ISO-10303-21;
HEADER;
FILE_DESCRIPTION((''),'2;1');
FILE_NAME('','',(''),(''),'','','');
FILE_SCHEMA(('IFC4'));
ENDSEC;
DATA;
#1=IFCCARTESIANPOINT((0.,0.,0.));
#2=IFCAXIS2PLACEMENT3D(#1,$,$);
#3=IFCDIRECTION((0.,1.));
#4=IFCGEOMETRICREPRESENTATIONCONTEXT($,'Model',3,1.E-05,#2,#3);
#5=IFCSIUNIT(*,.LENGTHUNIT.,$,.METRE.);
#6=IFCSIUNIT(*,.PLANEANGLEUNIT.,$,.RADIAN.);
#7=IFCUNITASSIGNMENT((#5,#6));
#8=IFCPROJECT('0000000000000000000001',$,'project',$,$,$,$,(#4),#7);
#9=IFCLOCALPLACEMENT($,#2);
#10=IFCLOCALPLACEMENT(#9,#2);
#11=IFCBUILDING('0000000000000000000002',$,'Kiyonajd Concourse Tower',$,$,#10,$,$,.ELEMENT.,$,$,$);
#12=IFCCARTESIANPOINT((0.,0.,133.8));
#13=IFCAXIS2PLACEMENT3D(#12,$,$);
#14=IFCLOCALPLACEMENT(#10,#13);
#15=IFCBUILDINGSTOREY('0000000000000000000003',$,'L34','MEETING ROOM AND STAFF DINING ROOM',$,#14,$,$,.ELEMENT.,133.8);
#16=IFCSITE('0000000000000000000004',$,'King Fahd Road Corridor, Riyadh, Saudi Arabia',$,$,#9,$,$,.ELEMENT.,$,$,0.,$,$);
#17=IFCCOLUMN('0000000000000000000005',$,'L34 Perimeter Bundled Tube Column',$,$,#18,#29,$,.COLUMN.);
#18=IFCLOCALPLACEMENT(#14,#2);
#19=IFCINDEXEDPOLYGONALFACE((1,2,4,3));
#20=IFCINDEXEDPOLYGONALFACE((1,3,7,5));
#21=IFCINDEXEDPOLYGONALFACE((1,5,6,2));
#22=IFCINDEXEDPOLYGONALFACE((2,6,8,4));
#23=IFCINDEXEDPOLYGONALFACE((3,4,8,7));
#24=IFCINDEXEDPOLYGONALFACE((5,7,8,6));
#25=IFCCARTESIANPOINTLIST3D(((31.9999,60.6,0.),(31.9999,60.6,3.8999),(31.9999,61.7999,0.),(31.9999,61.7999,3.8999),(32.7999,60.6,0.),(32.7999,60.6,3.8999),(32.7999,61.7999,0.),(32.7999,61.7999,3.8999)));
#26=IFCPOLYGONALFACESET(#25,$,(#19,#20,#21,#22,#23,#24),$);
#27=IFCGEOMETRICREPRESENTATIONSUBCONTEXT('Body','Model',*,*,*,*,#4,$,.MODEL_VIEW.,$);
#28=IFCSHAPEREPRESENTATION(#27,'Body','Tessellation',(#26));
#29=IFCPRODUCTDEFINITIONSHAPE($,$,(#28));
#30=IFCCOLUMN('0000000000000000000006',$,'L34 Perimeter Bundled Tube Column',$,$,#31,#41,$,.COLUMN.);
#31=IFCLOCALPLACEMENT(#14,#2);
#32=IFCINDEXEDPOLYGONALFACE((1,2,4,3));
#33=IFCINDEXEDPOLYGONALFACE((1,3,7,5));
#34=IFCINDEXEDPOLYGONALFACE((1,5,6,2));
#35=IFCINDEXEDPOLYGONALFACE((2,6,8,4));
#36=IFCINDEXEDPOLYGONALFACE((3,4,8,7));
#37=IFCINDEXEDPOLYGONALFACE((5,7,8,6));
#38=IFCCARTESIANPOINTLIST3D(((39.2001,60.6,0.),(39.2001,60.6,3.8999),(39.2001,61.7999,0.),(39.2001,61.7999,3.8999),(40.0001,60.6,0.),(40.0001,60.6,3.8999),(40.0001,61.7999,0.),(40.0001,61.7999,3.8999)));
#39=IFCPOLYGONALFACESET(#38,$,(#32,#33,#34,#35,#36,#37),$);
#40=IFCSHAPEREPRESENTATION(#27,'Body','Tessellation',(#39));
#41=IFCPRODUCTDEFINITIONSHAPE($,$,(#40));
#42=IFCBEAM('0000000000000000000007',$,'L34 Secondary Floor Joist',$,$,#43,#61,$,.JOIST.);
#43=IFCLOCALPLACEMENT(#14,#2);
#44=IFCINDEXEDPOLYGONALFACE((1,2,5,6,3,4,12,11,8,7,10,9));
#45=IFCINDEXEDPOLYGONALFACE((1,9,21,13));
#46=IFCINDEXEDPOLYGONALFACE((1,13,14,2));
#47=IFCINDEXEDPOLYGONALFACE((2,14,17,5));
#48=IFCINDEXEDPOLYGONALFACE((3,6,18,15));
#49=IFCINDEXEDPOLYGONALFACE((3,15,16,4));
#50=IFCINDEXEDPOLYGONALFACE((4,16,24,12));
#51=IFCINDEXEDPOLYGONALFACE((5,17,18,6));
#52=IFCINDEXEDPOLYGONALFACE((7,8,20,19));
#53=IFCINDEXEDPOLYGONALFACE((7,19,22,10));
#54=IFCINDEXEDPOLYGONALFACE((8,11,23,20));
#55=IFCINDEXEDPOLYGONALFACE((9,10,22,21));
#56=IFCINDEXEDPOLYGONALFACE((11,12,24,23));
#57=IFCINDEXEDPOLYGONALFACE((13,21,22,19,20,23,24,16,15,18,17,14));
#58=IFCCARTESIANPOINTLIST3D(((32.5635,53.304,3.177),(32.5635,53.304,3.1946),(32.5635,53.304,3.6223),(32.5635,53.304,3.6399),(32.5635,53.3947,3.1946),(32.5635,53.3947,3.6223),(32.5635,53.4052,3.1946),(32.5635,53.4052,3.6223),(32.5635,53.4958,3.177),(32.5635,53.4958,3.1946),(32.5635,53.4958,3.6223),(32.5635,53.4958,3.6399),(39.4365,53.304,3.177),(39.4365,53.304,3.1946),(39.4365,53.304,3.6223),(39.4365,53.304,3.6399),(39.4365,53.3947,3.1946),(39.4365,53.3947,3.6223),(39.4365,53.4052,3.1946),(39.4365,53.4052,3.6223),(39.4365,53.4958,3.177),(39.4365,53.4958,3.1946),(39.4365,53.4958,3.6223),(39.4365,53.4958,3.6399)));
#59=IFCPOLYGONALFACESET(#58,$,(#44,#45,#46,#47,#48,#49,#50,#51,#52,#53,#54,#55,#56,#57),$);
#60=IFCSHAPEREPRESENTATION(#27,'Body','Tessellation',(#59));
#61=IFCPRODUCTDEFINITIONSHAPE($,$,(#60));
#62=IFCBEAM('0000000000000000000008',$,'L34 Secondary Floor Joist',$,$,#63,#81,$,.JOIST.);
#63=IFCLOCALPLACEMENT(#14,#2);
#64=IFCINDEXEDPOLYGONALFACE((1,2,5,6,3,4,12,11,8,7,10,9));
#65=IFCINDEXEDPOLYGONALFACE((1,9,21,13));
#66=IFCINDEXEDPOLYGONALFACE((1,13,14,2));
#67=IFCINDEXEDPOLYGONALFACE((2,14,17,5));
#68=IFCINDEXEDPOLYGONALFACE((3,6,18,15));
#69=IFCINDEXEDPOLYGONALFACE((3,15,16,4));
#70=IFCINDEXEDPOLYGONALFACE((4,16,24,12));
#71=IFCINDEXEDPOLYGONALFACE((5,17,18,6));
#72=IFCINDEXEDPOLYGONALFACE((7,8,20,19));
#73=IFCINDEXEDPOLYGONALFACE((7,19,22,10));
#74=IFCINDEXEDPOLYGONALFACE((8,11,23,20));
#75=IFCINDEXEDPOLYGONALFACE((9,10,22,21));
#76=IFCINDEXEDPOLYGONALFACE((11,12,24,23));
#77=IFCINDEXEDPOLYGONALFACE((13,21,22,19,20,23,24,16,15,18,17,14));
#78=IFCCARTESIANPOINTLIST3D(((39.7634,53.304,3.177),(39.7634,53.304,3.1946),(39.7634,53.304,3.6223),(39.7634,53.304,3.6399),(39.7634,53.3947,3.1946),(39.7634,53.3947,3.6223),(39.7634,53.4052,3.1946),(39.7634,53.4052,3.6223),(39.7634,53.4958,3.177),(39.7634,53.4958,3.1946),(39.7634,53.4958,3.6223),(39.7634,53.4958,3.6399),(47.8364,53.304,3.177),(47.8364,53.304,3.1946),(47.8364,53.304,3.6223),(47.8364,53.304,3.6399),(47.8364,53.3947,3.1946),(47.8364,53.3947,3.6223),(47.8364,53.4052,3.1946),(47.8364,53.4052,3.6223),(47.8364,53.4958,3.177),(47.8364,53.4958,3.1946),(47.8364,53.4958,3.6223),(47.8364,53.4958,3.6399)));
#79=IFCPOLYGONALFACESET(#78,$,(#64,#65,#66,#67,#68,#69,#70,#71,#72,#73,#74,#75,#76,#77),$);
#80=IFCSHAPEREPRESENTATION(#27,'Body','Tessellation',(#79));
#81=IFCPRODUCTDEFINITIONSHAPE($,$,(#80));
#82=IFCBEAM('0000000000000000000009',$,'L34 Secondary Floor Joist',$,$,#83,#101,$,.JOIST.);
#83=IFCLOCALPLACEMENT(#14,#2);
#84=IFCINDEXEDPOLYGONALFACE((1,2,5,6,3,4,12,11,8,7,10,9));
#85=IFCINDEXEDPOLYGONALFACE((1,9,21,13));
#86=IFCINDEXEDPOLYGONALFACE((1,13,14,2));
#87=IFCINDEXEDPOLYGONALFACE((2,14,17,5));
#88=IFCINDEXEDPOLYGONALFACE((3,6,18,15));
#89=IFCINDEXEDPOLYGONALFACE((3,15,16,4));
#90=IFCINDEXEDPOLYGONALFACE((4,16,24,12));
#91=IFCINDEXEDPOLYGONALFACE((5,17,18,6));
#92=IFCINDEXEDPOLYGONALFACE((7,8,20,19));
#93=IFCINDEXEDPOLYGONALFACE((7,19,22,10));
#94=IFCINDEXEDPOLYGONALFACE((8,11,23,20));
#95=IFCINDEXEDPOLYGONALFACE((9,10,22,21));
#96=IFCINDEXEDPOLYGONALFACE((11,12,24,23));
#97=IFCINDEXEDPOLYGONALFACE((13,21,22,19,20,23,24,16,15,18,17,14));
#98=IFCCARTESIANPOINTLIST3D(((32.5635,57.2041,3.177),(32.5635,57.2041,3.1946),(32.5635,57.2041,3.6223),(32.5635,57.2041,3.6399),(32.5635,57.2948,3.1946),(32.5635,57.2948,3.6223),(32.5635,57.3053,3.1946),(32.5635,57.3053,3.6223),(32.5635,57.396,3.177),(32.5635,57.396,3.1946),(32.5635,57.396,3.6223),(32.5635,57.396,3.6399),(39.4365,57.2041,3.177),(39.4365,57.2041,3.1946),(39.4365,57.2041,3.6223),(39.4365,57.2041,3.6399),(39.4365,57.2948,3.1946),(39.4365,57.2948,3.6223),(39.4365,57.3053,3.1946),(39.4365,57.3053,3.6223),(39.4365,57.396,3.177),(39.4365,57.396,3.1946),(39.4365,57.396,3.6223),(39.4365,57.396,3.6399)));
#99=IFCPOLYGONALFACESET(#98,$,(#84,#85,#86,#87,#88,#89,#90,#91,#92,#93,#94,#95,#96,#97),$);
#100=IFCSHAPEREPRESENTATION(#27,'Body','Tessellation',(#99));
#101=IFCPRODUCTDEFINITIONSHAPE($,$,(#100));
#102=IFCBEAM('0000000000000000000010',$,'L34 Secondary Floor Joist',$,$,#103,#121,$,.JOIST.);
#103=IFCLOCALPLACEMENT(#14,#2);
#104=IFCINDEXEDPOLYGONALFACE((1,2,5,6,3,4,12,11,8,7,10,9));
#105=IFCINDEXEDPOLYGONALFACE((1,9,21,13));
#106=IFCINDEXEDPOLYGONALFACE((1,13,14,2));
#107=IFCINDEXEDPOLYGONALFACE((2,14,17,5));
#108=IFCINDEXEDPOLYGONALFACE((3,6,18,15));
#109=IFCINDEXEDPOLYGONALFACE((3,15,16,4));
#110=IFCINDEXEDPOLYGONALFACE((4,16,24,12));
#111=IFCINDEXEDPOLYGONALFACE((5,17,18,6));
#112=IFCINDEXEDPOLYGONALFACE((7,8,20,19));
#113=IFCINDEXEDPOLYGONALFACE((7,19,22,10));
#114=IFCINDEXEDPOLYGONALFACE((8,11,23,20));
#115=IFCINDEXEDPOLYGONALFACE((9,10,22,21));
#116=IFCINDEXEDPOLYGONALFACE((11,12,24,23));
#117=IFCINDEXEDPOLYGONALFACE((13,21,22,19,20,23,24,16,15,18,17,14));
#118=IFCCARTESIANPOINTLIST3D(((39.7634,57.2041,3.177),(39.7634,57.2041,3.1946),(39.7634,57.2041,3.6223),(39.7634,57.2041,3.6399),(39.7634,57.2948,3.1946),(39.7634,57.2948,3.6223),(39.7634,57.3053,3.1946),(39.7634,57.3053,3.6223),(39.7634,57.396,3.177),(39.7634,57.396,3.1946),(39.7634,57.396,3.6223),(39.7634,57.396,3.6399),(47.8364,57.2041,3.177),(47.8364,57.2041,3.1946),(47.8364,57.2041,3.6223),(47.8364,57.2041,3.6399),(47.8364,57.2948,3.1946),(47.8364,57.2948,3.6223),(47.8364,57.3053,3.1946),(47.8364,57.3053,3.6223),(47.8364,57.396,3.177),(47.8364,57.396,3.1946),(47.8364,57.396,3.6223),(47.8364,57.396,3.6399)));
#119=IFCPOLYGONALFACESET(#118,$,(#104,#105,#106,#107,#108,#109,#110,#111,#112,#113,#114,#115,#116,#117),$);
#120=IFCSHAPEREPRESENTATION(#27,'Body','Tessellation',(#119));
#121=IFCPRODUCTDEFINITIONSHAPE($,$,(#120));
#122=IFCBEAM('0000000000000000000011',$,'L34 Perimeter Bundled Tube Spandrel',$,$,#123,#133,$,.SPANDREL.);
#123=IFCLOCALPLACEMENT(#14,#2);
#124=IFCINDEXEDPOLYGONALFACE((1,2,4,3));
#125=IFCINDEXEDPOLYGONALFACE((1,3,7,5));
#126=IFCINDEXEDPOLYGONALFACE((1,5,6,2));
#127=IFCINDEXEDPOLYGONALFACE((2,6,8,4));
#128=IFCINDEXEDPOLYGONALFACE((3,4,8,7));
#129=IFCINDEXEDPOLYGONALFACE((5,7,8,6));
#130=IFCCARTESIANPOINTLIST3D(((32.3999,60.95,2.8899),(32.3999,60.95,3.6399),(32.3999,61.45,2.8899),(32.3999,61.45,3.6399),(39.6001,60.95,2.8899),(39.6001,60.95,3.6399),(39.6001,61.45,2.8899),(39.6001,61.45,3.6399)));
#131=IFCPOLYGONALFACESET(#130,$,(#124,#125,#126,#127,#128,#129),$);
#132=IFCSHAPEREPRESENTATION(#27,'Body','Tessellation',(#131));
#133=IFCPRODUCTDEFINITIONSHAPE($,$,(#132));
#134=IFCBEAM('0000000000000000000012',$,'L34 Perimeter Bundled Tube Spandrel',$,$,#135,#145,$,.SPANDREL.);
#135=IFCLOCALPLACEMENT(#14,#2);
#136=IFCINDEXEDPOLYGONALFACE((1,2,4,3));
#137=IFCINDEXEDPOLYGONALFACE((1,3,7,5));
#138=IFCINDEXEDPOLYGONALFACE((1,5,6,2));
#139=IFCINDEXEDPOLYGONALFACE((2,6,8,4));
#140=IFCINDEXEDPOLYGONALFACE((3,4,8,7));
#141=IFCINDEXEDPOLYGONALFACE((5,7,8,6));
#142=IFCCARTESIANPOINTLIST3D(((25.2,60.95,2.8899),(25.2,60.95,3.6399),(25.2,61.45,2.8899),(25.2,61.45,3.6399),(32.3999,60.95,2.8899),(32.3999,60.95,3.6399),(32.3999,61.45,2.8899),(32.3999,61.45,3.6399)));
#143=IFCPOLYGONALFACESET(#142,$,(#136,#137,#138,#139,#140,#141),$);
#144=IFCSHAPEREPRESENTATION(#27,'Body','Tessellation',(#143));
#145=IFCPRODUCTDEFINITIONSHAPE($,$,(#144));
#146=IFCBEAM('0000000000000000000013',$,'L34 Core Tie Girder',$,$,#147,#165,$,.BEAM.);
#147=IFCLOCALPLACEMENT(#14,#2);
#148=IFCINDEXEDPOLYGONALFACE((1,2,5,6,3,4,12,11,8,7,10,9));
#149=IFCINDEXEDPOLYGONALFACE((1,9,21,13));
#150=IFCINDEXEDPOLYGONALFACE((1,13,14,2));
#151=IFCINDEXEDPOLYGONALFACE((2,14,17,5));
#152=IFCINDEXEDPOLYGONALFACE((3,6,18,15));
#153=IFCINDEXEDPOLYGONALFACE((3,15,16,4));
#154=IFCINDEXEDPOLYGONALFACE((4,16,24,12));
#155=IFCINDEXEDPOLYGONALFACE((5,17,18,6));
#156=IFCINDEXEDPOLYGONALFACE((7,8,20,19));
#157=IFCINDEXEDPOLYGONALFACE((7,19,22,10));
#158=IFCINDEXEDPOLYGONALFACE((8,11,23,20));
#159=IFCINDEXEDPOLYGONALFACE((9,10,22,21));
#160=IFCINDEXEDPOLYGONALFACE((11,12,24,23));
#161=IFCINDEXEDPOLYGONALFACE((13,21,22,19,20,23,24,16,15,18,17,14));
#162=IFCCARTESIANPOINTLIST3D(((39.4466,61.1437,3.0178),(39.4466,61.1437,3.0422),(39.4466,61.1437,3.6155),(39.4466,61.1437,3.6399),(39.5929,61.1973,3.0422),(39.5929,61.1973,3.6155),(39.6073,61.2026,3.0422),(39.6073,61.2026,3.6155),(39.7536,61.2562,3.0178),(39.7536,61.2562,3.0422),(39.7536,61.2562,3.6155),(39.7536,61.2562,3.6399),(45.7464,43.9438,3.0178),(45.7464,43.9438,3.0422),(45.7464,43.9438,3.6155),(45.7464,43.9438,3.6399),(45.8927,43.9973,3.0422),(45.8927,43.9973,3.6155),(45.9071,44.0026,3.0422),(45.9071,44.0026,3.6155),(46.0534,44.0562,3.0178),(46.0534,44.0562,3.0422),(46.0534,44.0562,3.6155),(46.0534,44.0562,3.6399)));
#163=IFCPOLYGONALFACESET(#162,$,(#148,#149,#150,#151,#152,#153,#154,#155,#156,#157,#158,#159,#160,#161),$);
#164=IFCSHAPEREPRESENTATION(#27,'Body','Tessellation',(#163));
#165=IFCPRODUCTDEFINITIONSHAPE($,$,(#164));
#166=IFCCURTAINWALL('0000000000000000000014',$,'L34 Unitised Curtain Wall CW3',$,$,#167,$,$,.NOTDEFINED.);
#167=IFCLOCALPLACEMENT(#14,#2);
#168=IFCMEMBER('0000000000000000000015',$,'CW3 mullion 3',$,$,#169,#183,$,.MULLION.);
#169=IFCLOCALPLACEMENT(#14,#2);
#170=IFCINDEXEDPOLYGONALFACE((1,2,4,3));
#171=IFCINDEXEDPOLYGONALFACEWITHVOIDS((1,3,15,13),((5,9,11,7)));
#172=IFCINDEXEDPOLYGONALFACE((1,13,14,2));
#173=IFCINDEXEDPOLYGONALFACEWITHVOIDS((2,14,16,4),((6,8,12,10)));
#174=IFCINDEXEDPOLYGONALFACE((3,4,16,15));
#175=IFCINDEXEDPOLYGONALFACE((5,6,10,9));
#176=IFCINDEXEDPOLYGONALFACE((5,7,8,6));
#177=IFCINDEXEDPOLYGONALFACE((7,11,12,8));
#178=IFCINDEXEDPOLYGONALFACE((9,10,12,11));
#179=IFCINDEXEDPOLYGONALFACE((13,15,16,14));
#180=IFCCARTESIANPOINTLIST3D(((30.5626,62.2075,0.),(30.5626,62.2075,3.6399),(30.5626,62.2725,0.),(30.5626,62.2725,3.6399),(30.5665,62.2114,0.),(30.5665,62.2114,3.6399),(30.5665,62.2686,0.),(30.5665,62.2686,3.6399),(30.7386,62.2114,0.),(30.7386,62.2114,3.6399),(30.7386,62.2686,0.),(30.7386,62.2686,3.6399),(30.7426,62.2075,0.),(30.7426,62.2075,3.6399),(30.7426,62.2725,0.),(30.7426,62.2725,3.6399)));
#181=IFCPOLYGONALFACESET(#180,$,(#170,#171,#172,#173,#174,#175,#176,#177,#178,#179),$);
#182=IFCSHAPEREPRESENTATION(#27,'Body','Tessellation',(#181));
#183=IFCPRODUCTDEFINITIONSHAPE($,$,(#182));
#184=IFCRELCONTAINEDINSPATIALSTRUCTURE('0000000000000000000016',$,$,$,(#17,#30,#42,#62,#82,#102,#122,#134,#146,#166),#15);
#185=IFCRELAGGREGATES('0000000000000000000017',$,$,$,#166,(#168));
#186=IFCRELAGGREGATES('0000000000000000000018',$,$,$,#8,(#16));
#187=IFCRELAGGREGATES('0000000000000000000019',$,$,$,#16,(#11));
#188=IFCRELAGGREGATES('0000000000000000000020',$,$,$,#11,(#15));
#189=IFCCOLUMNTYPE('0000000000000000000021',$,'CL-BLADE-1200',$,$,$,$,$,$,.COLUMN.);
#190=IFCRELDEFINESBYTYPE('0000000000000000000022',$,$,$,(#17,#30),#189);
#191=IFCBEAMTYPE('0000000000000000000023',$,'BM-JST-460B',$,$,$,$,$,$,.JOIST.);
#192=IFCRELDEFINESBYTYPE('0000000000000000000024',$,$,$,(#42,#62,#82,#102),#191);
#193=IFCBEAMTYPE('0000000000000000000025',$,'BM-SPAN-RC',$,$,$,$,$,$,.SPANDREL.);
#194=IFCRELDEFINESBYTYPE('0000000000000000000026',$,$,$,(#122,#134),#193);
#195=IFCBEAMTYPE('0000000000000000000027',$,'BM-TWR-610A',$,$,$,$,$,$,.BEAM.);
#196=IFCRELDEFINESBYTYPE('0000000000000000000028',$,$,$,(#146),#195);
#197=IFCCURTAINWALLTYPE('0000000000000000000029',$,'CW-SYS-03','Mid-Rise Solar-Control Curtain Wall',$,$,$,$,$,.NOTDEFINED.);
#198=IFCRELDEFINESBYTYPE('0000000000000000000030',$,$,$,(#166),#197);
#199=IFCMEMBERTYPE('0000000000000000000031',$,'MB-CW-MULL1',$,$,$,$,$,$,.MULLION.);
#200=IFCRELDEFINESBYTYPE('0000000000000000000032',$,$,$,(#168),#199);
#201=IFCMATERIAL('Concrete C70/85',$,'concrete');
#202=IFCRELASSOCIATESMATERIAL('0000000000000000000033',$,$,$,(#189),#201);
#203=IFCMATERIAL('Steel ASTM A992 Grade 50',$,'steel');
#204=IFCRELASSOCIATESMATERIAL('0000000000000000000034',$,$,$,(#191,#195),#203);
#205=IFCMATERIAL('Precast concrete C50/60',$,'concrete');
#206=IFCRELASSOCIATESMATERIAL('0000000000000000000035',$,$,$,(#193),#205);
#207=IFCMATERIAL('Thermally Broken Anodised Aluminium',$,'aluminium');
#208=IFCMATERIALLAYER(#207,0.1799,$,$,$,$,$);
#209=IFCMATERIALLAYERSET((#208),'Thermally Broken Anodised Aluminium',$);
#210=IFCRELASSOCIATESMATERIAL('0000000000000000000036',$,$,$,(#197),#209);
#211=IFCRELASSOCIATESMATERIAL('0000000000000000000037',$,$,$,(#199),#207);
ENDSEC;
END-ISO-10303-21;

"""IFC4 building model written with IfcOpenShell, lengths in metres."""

from ifc_helpers import new_model, si_unit, direction, frame, origin, origin_2d, place, context, subcontext, project, spatial, rectangle, hollow_rectangle, i_section, extrude, material, layer, layer_set, material_profile, profile_set, type_object, element, aggregate, save


model = new_model("IFC4")

# Units and contexts
model_context = context("Model", 3, precision=1e-05, world=origin(), true_north=direction((0.0, 1.0)))
body_context = subcontext(model_context, "Body", "Model", "MODEL_VIEW")
ifc_project = project(units=[si_unit("LENGTHUNIT", "METRE"), si_unit("PLANEANGLEUNIT", "RADIAN")], contexts=[model_context])

# Site, building, storey
site_placement = place(None, origin())
site = spatial("IfcSite", under=ifc_project, at=site_placement, Name="King Fahd Road Corridor, Riyadh, Saudi Arabia", CompositionType="ELEMENT", RefElevation=0.0)
building_placement = place(site_placement, origin())
building = spatial("IfcBuilding", under=site, at=building_placement, Name="Kiyonajd Concourse Tower", CompositionType="ELEMENT")
storey_placement = place(building_placement, frame((0.0, 0.0, 133.8)))
storey = spatial("IfcBuildingStorey", under=building, at=storey_placement, Name="L34", Description="MEETING ROOM AND STAFF DINING ROOM", CompositionType="ELEMENT", Elevation=133.8)

# Columns
ifc_material_1 = material(Name="Concrete C70/85", Category="concrete")
ifc_material_profile_1 = material_profile(ifc_material_1, rectangle(XDim=0.8, YDim=1.2, at=origin_2d()), Name="RC-1200x800")
ifc_profile_set_1 = profile_set([ifc_material_profile_1], Name="Concrete C70/85")
column_type = type_object("IfcColumnType", Name="CL-BLADE-1200", PredefinedType="COLUMN", material=ifc_profile_set_1)
for number, where, z_axis, x_axis, name in (
    (1, (32.3999, 61.2, 0.0), (0.0, 0.0, 1.0), (1.0, 0.0, 0.0), "L34 Perimeter Bundled Tube Column"),
    (2, (39.6001, 61.2, 0.0), (0.0, 0.0, 1.0), (1.0, 0.0, 0.0), "L34 Perimeter Bundled Tube Column"),
):
    element("IfcColumn", number, at=place(storey_placement, frame(where, z_axis=z_axis, x_axis=x_axis)), inside=storey, type_object=column_type, Name=name, PredefinedType="COLUMN", context=body_context, shape_type="SweptSolid", body=[
        extrude(rectangle(XDim=0.8, YDim=1.2, at=origin_2d()), origin(), (0.0, 0.0, 1.0), 3.8999),
    ])

# Beams
ifc_material_2 = material(Name="Steel ASTM A992 Grade 50", Category="steel")
ifc_material_profile_2 = material_profile(ifc_material_2, i_section(OverallWidth=0.1919, OverallDepth=0.4629, WebThickness=0.0105, FlangeThickness=0.0176, at=origin_2d()), Name="W460X89")
ifc_profile_set_2 = profile_set([ifc_material_profile_2], Name="Steel ASTM A992 Grade 50")
beam_type_1 = type_object("IfcBeamType", Name="BM-JST-460B", PredefinedType="JOIST", material=ifc_profile_set_2)
beam_1_placement = place(storey_placement, frame((32.5635, 53.3999, 3.4084), z_axis=(1.0, 0.0, 0.0), x_axis=(0.0, 1.0, 0.0)))
element("IfcBeam", 3, at=beam_1_placement, inside=storey, type_object=beam_type_1, Name="L34 Secondary Floor Joist", PredefinedType="JOIST", context=body_context, shape_type="SweptSolid", body=[
    extrude(i_section(OverallWidth=0.1919, OverallDepth=0.4629, WebThickness=0.0105, FlangeThickness=0.0176, at=origin_2d()), origin(), (0.0, 0.0, 1.0), 6.873),
])
beam_2_placement = place(storey_placement, frame((39.7634, 53.3999, 3.4084), z_axis=(1.0, 0.0, 0.0), x_axis=(0.0, 1.0, 0.0)))
element("IfcBeam", 4, at=beam_2_placement, inside=storey, type_object=beam_type_1, Name="L34 Secondary Floor Joist", PredefinedType="JOIST", context=body_context, shape_type="SweptSolid", body=[
    extrude(i_section(OverallWidth=0.1919, OverallDepth=0.4629, WebThickness=0.0105, FlangeThickness=0.0176, at=origin_2d()), origin(), (0.0, 0.0, 1.0), 8.073),
])
beam_3_placement = place(storey_placement, frame((32.5635, 57.3, 3.4084), z_axis=(1.0, 0.0, 0.0), x_axis=(0.0, 1.0, 0.0)))
element("IfcBeam", 5, at=beam_3_placement, inside=storey, type_object=beam_type_1, Name="L34 Secondary Floor Joist", PredefinedType="JOIST", context=body_context, shape_type="SweptSolid", body=[
    extrude(i_section(OverallWidth=0.1919, OverallDepth=0.4629, WebThickness=0.0105, FlangeThickness=0.0176, at=origin_2d()), origin(), (0.0, 0.0, 1.0), 6.873),
])
beam_4_placement = place(storey_placement, frame((39.7634, 57.3, 3.4084), z_axis=(1.0, 0.0, 0.0), x_axis=(0.0, 1.0, 0.0)))
element("IfcBeam", 6, at=beam_4_placement, inside=storey, type_object=beam_type_1, Name="L34 Secondary Floor Joist", PredefinedType="JOIST", context=body_context, shape_type="SweptSolid", body=[
    extrude(i_section(OverallWidth=0.1919, OverallDepth=0.4629, WebThickness=0.0105, FlangeThickness=0.0176, at=origin_2d()), origin(), (0.0, 0.0, 1.0), 8.073),
])
ifc_material_3 = material(Name="Precast concrete C50/60", Category="concrete")
ifc_material_profile_3 = material_profile(ifc_material_3, rectangle(XDim=0.5, YDim=0.75, at=origin_2d()), Name="RCBM-500x750")
ifc_profile_set_3 = profile_set([ifc_material_profile_3], Name="Precast concrete C50/60")
beam_type_2 = type_object("IfcBeamType", Name="BM-SPAN-RC", PredefinedType="SPANDREL", material=ifc_profile_set_3)
beam_5_placement = place(storey_placement, frame((39.6001, 61.2, 3.2649), z_axis=(-1.0, 0.0, 0.0), x_axis=(0.0, -1.0, 0.0)))
element("IfcBeam", 7, at=beam_5_placement, inside=storey, type_object=beam_type_2, Name="L34 Perimeter Bundled Tube Spandrel", PredefinedType="SPANDREL", context=body_context, shape_type="SweptSolid", body=[
    extrude(rectangle(XDim=0.5, YDim=0.75, at=origin_2d()), origin(), (0.0, 0.0, 1.0), 7.2002),
])
beam_6_placement = place(storey_placement, frame((32.3999, 61.2, 3.2649), z_axis=(-1.0, 0.0, 0.0), x_axis=(0.0, -1.0, 0.0)))
element("IfcBeam", 8, at=beam_6_placement, inside=storey, type_object=beam_type_2, Name="L34 Perimeter Bundled Tube Spandrel", PredefinedType="SPANDREL", context=body_context, shape_type="SweptSolid", body=[
    extrude(rectangle(XDim=0.5, YDim=0.75, at=origin_2d()), origin(), (0.0, 0.0, 1.0), 7.2),
])
ifc_material_profile_4 = material_profile(ifc_material_2, i_section(OverallWidth=0.3269, OverallDepth=0.6221, WebThickness=0.0154, FlangeThickness=0.0244, at=origin_2d()), Name="W610X195")
ifc_profile_set_4 = profile_set([ifc_material_profile_4], Name="Steel ASTM A992 Grade 50")
beam_type_3 = type_object("IfcBeamType", Name="BM-TWR-610A", PredefinedType="BEAM", material=ifc_profile_set_4)
beam_7_placement = place(storey_placement, frame((39.6001, 61.2, 3.3289), z_axis=(0.343925, -0.938997, 0.0), x_axis=(0.938997, 0.343925, 0.0)))
element("IfcBeam", 9, at=beam_7_placement, inside=storey, type_object=beam_type_3, Name="L34 Core Tie Girder", PredefinedType="BEAM", context=body_context, shape_type="SweptSolid", body=[
    extrude(i_section(OverallWidth=0.3269, OverallDepth=0.6221, WebThickness=0.0154, FlangeThickness=0.0244, at=origin_2d()), origin(), (0.0, 0.0, 1.0), 18.3174),
])

# Curtain wall, member
ifc_material_4 = material(Name="Thermally Broken Anodised Aluminium", Category="aluminium")
ifc_layer_1 = layer(ifc_material_4, 0.1799)
ifc_layer_set_1 = layer_set([ifc_layer_1], Name="Thermally Broken Anodised Aluminium")
curtain_wall_type = type_object("IfcCurtainWallType", Name="CW-SYS-03", Description="Mid-Rise Solar-Control Curtain Wall", PredefinedType="NOTDEFINED", material=ifc_layer_set_1)
curtain_wall_placement = place(storey_placement, origin())
curtain_wall = element("IfcCurtainWall", 10, at=curtain_wall_placement, inside=storey, type_object=curtain_wall_type, Name="L34 Unitised Curtain Wall CW3", PredefinedType="NOTDEFINED")
ifc_material_profile_5 = material_profile(ifc_material_4, hollow_rectangle(XDim=0.0649, YDim=0.1799, WallThickness=0.0039, at=origin_2d()), Name="MULL-65x180")
ifc_profile_set_5 = profile_set([ifc_material_profile_5], Name="Thermally Broken Anodised Aluminium")
member_type_1 = type_object("IfcMemberType", Name="MB-CW-MULL1", PredefinedType="MULLION", material=ifc_profile_set_5)
member_1_placement = place(storey_placement, frame((30.6526, 62.24, 0.0), z_axis=(0.0, 0.0, 1.0), x_axis=(0.0, 1.0, 0.0)))
member_1 = element("IfcMember", 11, at=member_1_placement, type_object=member_type_1, Name="CW3 mullion 3", PredefinedType="MULLION", context=body_context, shape_type="SweptSolid", body=[
    extrude(hollow_rectangle(XDim=0.0649, YDim=0.1799, WallThickness=0.0039, at=origin_2d()), origin(), (0.0, 0.0, 1.0), 3.6399),
])
aggregate(curtain_wall, [member_1])

save(model, "model.ifc")
